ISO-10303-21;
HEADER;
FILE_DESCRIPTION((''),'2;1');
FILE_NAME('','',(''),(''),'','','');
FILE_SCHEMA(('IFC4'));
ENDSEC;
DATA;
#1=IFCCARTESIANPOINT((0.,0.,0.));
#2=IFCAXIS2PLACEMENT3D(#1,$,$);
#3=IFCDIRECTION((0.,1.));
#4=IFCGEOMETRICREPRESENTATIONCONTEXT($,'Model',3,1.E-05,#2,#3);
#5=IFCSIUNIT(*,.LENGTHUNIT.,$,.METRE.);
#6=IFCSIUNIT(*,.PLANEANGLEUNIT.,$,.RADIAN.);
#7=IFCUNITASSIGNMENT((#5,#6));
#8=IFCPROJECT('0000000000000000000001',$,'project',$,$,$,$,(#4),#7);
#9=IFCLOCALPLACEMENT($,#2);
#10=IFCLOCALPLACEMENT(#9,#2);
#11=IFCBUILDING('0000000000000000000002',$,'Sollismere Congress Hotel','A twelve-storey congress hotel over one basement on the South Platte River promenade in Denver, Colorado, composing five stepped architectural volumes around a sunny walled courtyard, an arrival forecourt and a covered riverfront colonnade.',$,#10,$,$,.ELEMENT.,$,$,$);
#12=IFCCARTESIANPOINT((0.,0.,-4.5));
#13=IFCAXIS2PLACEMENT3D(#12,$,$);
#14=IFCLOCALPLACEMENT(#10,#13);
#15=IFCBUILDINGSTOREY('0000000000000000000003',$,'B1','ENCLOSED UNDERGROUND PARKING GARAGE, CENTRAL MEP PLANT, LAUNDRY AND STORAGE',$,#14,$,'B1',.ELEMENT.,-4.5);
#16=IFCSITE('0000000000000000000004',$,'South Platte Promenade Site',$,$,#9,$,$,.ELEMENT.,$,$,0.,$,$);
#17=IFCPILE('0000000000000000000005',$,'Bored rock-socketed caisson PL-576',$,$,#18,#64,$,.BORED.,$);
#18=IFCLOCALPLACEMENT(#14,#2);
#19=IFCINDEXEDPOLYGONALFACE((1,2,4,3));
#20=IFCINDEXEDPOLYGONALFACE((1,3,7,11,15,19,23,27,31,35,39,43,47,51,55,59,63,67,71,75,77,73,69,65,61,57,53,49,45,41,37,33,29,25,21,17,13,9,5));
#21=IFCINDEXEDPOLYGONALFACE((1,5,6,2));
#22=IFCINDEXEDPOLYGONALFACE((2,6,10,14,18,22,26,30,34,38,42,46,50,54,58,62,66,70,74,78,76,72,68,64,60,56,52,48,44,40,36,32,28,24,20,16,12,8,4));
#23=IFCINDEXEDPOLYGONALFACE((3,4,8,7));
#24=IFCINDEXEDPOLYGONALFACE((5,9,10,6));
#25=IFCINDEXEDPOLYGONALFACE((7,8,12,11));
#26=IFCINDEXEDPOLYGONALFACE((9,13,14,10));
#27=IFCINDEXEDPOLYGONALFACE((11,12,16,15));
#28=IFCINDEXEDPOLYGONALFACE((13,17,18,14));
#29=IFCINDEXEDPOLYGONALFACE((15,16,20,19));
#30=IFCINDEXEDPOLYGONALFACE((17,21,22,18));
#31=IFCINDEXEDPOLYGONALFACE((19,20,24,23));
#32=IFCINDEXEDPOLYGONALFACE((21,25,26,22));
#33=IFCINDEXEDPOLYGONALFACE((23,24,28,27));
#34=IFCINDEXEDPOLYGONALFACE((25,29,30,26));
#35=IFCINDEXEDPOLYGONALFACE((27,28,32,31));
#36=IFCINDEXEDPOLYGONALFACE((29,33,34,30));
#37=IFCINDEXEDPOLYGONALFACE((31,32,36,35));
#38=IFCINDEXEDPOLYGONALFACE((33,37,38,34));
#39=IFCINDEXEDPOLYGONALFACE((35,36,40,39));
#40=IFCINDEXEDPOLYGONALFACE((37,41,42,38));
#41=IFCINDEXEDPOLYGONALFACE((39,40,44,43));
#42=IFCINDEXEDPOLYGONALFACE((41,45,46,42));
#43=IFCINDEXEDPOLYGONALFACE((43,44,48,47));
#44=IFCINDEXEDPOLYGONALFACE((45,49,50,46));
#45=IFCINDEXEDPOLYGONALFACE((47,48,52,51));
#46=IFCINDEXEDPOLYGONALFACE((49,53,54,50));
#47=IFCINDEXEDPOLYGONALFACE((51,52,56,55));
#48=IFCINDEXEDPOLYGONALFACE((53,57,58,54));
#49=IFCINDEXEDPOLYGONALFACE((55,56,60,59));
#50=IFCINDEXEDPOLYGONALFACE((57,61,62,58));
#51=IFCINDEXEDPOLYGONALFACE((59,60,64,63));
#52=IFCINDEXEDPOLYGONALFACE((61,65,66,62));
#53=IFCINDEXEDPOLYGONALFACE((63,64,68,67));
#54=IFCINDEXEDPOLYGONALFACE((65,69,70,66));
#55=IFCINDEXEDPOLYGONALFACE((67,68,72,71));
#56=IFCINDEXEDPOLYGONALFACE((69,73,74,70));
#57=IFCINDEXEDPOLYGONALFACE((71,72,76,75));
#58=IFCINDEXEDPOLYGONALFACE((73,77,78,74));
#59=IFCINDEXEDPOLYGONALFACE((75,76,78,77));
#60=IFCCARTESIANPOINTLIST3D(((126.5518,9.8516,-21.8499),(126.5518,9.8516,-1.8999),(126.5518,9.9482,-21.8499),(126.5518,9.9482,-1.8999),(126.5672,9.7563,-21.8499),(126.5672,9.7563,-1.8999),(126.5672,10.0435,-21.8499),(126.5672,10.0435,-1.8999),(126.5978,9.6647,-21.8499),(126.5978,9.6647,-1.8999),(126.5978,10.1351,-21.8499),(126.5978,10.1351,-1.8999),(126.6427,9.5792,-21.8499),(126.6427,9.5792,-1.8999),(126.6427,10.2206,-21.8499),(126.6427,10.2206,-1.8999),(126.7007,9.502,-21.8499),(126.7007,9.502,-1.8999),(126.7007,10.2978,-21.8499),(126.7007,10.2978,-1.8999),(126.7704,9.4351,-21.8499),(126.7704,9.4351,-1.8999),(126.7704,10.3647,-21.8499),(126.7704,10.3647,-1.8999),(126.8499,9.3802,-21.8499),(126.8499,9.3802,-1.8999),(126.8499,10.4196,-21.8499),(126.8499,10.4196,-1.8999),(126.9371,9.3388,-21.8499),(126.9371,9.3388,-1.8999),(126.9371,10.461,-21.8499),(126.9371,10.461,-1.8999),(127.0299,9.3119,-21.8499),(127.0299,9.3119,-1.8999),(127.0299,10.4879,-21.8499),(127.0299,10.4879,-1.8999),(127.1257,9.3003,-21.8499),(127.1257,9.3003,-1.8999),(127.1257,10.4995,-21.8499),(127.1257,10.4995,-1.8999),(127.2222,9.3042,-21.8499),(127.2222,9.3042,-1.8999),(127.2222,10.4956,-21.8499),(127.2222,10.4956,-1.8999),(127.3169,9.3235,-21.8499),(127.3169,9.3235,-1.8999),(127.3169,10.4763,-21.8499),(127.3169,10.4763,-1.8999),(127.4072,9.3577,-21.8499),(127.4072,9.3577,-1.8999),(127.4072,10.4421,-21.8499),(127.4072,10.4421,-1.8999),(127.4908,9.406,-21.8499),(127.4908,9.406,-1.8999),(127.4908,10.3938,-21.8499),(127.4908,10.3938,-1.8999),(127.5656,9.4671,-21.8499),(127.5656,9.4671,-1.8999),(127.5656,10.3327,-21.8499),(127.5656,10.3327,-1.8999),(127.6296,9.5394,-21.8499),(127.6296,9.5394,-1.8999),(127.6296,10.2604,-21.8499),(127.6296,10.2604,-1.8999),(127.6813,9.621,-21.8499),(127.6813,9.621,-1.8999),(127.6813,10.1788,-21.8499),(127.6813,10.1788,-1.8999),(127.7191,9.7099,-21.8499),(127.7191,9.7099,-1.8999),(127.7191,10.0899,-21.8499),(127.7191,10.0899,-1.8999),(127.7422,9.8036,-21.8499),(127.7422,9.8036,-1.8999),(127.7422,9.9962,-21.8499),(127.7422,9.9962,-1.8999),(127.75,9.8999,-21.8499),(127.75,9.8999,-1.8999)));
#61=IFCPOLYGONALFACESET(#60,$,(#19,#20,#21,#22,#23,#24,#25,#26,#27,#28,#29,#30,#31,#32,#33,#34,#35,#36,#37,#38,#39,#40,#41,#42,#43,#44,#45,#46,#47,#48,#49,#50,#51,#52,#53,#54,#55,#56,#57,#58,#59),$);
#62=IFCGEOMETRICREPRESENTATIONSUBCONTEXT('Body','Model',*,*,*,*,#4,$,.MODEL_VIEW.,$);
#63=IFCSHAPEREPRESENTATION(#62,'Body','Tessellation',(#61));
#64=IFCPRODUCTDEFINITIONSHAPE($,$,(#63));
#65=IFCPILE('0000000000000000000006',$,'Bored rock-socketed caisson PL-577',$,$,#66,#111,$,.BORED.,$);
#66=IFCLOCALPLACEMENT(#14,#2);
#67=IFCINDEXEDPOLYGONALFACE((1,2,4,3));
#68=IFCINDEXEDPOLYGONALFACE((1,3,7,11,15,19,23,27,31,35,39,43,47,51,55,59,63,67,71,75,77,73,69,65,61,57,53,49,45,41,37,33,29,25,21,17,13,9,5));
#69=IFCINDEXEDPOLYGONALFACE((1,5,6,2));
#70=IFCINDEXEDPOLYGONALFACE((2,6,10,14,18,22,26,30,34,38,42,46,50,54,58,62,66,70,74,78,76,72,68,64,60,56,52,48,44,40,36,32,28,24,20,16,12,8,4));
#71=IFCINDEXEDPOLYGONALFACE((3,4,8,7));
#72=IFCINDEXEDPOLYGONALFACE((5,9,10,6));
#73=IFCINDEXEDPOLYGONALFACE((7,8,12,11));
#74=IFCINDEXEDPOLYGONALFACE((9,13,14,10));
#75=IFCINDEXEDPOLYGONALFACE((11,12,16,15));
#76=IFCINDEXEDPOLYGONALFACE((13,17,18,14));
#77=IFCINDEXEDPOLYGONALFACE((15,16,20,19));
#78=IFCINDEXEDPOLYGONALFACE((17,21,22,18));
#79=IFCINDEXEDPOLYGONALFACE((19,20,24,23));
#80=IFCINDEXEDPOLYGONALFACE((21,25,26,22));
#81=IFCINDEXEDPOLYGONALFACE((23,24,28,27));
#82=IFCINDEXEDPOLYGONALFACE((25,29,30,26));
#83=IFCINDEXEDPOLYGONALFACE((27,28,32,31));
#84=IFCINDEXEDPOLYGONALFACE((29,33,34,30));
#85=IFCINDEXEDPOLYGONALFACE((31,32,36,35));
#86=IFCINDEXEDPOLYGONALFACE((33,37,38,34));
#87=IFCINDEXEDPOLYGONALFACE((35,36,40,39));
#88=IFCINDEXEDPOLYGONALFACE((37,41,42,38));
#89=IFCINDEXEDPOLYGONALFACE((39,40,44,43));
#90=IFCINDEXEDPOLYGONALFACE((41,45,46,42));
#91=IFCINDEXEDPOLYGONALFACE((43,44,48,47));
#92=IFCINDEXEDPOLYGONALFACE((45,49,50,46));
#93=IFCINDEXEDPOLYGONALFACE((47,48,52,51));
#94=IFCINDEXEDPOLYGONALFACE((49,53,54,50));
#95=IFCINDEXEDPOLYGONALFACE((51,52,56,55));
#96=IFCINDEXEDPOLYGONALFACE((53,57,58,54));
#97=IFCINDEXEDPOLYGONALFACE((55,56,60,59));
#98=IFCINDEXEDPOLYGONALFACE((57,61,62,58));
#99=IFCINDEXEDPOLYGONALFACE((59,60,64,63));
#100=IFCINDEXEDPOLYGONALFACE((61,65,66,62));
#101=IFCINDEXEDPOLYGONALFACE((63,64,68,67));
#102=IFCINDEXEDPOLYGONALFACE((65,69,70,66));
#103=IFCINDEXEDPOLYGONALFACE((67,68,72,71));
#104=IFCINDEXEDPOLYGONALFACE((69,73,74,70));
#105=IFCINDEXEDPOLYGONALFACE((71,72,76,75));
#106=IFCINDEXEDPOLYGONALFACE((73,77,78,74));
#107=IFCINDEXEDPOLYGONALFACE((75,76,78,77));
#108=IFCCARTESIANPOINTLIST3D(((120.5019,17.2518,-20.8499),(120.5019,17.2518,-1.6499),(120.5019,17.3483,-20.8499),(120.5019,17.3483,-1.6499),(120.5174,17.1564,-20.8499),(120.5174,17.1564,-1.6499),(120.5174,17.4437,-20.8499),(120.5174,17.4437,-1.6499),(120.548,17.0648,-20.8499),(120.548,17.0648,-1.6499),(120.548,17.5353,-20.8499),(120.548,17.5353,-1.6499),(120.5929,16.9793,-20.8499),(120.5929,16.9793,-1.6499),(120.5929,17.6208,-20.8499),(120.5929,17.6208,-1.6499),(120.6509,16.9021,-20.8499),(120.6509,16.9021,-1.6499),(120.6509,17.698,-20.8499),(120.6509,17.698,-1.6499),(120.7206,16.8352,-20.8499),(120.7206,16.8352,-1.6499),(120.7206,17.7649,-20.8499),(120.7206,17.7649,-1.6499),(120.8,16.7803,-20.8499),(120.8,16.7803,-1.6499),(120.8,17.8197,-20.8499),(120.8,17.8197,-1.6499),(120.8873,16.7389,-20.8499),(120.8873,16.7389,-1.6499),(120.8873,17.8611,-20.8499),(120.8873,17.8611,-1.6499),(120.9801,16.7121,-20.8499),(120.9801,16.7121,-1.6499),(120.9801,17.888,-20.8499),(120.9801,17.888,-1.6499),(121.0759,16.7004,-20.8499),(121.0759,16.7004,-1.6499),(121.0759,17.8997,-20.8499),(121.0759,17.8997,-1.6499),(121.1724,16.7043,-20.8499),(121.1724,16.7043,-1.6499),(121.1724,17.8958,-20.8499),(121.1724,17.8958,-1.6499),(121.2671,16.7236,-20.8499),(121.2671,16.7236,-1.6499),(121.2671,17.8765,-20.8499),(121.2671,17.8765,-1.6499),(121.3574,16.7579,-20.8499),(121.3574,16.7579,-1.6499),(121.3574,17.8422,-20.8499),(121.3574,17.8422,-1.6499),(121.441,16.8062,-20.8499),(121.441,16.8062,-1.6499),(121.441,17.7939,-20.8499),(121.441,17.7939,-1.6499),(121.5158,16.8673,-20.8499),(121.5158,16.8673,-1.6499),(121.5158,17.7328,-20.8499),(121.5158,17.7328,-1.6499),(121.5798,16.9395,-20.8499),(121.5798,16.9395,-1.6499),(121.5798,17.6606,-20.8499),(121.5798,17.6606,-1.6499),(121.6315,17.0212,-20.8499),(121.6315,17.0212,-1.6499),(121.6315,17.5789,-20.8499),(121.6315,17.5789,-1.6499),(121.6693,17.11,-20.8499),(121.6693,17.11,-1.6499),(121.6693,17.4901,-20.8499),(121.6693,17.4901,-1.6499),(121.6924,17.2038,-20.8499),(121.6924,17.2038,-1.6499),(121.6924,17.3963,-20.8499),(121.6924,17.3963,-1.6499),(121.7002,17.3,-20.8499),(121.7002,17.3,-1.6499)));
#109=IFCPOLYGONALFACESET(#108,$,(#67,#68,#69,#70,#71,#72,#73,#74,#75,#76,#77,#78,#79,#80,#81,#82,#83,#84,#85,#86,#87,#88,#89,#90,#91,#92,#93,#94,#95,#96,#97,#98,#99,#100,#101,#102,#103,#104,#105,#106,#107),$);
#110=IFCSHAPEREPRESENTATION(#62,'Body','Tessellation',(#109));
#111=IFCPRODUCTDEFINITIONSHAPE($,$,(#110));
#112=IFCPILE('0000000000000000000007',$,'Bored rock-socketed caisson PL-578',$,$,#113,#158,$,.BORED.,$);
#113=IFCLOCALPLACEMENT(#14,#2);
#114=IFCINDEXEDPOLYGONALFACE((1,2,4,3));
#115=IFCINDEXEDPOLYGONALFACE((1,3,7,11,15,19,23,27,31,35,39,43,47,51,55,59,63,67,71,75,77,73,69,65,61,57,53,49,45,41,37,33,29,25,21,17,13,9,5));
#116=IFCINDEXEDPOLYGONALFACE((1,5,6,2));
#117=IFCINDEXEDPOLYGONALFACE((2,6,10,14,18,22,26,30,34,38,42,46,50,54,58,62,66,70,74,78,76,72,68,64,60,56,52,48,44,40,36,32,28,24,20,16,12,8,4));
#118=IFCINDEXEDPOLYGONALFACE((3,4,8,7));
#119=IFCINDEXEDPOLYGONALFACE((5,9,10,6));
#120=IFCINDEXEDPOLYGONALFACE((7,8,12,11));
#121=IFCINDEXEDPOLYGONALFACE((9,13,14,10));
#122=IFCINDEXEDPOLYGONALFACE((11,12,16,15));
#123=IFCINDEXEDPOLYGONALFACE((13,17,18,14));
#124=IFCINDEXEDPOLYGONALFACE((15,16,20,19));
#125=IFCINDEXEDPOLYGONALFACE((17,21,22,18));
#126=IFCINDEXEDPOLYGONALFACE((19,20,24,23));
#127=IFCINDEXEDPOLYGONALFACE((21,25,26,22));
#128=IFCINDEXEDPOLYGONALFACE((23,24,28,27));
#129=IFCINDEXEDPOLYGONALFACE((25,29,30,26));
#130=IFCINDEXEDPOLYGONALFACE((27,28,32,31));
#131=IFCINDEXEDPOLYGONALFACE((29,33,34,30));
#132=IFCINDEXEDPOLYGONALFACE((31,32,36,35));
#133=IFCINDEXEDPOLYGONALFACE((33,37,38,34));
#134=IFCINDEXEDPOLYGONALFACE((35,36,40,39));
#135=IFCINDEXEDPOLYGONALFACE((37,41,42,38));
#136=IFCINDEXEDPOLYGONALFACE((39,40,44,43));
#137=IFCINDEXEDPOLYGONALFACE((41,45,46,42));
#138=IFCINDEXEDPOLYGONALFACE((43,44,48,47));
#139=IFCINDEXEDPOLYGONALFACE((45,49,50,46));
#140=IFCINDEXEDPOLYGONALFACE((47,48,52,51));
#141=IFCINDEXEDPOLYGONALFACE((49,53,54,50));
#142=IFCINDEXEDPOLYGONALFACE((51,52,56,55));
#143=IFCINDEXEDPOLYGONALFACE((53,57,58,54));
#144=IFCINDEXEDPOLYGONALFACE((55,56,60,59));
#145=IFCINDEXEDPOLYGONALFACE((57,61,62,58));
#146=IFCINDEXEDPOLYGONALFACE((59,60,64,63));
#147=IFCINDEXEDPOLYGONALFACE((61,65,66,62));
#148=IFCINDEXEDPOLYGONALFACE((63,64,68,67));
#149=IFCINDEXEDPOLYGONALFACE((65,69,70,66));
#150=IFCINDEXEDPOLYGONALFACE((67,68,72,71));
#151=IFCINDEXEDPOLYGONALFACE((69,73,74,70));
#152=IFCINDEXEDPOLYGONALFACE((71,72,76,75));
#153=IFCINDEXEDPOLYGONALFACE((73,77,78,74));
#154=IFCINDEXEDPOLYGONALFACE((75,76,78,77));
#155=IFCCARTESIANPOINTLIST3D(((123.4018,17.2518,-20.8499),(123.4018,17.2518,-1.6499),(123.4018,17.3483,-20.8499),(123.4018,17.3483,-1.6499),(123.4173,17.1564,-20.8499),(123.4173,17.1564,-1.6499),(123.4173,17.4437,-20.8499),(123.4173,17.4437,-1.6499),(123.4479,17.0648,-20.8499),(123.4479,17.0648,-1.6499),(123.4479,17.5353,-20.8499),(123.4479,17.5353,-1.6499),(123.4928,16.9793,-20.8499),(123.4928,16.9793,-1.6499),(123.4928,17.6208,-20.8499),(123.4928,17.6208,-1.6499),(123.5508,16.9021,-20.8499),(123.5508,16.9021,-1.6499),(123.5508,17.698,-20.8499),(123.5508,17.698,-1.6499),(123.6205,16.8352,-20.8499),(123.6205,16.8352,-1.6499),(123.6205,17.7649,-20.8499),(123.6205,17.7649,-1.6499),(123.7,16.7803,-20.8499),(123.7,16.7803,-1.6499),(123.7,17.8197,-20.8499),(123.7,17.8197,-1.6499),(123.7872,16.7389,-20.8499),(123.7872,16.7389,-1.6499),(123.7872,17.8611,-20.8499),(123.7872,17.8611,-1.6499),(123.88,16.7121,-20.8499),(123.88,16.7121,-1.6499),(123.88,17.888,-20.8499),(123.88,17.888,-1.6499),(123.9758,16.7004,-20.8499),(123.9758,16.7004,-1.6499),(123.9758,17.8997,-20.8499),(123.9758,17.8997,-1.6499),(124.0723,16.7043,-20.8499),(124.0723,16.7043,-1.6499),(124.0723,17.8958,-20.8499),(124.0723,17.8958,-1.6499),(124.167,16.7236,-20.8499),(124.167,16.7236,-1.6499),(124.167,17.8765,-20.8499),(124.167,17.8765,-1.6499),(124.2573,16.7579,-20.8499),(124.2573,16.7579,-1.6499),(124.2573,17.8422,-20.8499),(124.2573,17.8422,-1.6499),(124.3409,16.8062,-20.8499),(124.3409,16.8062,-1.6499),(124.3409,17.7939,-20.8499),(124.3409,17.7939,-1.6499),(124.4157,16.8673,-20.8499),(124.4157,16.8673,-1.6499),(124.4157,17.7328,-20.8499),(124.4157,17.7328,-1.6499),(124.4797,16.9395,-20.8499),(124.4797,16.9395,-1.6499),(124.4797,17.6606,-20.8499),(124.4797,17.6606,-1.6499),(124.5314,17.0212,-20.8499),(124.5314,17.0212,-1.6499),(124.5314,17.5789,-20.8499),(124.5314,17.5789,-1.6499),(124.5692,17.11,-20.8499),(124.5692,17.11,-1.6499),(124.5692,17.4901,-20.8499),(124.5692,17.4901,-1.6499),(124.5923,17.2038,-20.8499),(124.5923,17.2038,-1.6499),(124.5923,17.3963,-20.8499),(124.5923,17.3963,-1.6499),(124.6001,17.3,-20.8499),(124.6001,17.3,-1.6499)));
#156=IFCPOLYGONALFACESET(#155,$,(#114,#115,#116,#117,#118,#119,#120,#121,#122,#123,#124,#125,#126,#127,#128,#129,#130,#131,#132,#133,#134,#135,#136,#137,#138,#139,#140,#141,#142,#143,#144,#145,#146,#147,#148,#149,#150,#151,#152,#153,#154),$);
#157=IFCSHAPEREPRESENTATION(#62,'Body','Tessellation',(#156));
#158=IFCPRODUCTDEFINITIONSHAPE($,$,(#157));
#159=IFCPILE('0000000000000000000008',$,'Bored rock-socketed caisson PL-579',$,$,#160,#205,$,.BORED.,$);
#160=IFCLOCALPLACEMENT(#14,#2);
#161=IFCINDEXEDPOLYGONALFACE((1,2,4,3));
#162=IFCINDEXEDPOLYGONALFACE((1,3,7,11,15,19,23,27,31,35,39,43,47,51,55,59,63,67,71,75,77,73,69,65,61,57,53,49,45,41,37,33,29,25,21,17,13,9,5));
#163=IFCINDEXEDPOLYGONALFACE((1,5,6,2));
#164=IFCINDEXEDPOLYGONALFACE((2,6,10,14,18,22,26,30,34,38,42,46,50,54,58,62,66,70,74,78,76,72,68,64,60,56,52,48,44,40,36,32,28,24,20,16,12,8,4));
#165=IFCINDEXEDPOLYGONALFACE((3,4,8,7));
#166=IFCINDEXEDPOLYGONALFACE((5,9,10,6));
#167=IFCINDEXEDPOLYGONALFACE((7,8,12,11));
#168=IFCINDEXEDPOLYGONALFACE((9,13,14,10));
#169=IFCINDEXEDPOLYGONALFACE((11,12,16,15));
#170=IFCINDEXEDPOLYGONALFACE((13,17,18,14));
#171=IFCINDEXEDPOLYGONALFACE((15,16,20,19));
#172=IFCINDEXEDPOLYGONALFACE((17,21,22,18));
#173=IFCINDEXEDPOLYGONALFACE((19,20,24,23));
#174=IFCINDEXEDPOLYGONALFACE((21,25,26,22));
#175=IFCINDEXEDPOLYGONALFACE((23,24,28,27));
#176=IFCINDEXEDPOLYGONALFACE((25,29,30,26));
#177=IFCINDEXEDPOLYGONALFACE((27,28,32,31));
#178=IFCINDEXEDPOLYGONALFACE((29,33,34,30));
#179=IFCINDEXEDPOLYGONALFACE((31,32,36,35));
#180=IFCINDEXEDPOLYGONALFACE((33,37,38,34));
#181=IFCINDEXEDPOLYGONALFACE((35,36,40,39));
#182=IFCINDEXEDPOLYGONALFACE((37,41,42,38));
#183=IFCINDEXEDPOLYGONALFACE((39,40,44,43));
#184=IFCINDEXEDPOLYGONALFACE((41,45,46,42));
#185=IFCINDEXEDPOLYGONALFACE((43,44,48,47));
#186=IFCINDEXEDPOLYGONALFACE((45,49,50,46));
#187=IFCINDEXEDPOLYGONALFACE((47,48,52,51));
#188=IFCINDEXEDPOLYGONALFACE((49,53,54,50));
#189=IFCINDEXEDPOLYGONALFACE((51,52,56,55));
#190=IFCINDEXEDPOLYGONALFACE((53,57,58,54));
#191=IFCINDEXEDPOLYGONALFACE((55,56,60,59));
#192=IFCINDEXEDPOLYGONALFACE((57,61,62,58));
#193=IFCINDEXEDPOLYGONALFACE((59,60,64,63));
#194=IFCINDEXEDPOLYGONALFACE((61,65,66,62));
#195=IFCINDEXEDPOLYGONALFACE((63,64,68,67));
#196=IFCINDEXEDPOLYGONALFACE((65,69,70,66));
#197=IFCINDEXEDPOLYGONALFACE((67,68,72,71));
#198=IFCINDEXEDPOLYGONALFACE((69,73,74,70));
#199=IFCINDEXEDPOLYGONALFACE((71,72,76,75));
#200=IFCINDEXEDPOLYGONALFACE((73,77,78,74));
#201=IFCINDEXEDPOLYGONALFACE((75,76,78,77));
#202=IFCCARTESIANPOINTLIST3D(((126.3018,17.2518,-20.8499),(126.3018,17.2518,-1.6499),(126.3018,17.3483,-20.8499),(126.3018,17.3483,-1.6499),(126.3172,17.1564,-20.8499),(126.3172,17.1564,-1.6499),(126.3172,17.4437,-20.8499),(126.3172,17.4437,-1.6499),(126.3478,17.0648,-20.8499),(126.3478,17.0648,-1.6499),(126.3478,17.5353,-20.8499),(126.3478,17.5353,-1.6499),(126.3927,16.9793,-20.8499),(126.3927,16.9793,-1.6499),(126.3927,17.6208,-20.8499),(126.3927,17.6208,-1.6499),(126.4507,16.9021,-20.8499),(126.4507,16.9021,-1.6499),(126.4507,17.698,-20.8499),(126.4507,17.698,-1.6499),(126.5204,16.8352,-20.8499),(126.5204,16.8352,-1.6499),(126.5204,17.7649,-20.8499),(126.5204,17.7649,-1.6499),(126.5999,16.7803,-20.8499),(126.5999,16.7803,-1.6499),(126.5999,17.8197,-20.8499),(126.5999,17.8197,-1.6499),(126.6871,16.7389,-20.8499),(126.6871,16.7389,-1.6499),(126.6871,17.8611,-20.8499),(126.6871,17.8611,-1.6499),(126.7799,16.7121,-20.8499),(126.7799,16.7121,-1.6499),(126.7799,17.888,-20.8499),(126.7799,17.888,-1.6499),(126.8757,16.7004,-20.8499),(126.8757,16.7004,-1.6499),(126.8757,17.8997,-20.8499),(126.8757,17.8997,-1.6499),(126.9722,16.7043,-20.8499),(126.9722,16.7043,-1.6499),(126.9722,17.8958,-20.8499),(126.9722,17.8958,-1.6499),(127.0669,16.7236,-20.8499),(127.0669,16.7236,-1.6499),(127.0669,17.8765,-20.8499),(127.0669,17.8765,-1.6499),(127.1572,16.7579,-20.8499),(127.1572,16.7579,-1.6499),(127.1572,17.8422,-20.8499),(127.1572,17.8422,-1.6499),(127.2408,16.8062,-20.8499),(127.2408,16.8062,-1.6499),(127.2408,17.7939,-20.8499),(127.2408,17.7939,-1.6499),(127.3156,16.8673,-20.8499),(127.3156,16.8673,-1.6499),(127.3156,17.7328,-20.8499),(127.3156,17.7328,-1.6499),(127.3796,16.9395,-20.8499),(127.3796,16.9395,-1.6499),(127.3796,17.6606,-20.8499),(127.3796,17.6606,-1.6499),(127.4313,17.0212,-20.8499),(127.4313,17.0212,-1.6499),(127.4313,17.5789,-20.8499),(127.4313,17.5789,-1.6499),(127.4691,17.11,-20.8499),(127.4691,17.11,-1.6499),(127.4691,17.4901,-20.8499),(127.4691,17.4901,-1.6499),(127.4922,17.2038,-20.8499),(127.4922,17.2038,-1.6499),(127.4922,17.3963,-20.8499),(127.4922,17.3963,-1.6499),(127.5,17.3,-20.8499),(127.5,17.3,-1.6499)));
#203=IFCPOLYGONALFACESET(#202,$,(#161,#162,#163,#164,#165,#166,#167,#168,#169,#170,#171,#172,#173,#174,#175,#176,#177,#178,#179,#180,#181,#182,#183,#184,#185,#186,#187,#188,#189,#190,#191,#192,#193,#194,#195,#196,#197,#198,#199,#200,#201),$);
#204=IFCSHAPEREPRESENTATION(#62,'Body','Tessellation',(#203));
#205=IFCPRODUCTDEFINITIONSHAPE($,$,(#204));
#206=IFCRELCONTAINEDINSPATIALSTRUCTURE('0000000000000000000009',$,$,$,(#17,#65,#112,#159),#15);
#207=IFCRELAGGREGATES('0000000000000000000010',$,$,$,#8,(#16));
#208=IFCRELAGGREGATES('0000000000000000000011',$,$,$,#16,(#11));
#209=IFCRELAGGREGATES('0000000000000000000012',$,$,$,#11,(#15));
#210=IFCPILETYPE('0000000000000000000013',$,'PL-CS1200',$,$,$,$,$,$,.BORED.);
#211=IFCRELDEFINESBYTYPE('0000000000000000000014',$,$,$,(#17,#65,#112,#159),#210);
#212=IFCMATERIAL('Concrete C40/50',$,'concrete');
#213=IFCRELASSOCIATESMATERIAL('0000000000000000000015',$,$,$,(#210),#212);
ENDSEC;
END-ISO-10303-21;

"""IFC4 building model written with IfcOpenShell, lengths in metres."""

from ifc_helpers import new_model, si_unit, direction, frame, origin, origin_2d, place, context, subcontext, project, spatial, circle, extrude, material, material_profile, profile_set, type_object, element, save


model = new_model("IFC4")

# Units and contexts
model_context = context("Model", 3, precision=1e-05, world=origin(), true_north=direction((0.0, 1.0)))
body_context = subcontext(model_context, "Body", "Model", "MODEL_VIEW")
ifc_project = project(units=[si_unit("LENGTHUNIT", "METRE"), si_unit("PLANEANGLEUNIT", "RADIAN")], contexts=[model_context])

# Site, building, storey
site_placement = place(None, origin())
site = spatial("IfcSite", under=ifc_project, at=site_placement, Name="South Platte Promenade Site", CompositionType="ELEMENT", RefElevation=0.0)
building_placement = place(site_placement, origin())
building = spatial("IfcBuilding", under=site, at=building_placement, Name="Sollismere Congress Hotel", Description="A twelve-storey congress hotel over one basement on the South Platte River promenade in Denver, Colorado, composing five stepped architectural volumes around a sunny walled courtyard, an arrival forecourt and a covered riverfront colonnade.", CompositionType="ELEMENT")
storey_placement = place(building_placement, frame((0.0, 0.0, -4.5)))
storey = spatial("IfcBuildingStorey", under=building, at=storey_placement, Name="B1", Description="ENCLOSED UNDERGROUND PARKING GARAGE, CENTRAL MEP PLANT, LAUNDRY AND STORAGE", LongName="B1", CompositionType="ELEMENT", Elevation=-4.5)

# Shared definitions
ifc_material_1 = material(Name="Concrete C40/50", Category="concrete")

# Piles
ifc_material_profile_1 = material_profile(ifc_material_1, circle(Radius=0.6001, at=origin_2d()), Name="CAISSON1200")
ifc_profile_set_1 = profile_set([ifc_material_profile_1], Name="Concrete C40/50")
pile_type = type_object("IfcPileType", Name="PL-CS1200", PredefinedType="BORED", material=ifc_profile_set_1)
for number, where, z_axis, x_axis, name in (
    (1, (127.1499, 9.8999, -1.8999), (0.0, 0.0, -1.0), (1.0, 0.0, 0.0), "Bored rock-socketed caisson PL-576"),
):
    element("IfcPile", number, at=place(storey_placement, frame(where, z_axis=z_axis, x_axis=x_axis)), inside=storey, type_object=pile_type, Name=name, PredefinedType="BORED", context=body_context, shape_type="SweptSolid", body=[
        extrude(circle(Radius=0.6001, at=origin_2d()), origin(), (0.0, 0.0, 1.0), 19.95),
    ])
for number, where, z_axis, x_axis, name in (
    (2, (121.1001, 17.3, -1.6499), (0.0, 0.0, -1.0), (1.0, 0.0, 0.0), "Bored rock-socketed caisson PL-577"),
    (3, (124.0, 17.3, -1.6499), (0.0, 0.0, -1.0), (1.0, 0.0, 0.0), "Bored rock-socketed caisson PL-578"),
    (4, (126.8999, 17.3, -1.6499), (0.0, 0.0, -1.0), (1.0, 0.0, 0.0), "Bored rock-socketed caisson PL-579"),
):
    element("IfcPile", number, at=place(storey_placement, frame(where, z_axis=z_axis, x_axis=x_axis)), inside=storey, type_object=pile_type, Name=name, PredefinedType="BORED", context=body_context, shape_type="SweptSolid", body=[
        extrude(circle(Radius=0.6001, at=origin_2d()), origin(), (0.0, 0.0, 1.0), 19.2),
    ])

save(model, "model.ifc")
